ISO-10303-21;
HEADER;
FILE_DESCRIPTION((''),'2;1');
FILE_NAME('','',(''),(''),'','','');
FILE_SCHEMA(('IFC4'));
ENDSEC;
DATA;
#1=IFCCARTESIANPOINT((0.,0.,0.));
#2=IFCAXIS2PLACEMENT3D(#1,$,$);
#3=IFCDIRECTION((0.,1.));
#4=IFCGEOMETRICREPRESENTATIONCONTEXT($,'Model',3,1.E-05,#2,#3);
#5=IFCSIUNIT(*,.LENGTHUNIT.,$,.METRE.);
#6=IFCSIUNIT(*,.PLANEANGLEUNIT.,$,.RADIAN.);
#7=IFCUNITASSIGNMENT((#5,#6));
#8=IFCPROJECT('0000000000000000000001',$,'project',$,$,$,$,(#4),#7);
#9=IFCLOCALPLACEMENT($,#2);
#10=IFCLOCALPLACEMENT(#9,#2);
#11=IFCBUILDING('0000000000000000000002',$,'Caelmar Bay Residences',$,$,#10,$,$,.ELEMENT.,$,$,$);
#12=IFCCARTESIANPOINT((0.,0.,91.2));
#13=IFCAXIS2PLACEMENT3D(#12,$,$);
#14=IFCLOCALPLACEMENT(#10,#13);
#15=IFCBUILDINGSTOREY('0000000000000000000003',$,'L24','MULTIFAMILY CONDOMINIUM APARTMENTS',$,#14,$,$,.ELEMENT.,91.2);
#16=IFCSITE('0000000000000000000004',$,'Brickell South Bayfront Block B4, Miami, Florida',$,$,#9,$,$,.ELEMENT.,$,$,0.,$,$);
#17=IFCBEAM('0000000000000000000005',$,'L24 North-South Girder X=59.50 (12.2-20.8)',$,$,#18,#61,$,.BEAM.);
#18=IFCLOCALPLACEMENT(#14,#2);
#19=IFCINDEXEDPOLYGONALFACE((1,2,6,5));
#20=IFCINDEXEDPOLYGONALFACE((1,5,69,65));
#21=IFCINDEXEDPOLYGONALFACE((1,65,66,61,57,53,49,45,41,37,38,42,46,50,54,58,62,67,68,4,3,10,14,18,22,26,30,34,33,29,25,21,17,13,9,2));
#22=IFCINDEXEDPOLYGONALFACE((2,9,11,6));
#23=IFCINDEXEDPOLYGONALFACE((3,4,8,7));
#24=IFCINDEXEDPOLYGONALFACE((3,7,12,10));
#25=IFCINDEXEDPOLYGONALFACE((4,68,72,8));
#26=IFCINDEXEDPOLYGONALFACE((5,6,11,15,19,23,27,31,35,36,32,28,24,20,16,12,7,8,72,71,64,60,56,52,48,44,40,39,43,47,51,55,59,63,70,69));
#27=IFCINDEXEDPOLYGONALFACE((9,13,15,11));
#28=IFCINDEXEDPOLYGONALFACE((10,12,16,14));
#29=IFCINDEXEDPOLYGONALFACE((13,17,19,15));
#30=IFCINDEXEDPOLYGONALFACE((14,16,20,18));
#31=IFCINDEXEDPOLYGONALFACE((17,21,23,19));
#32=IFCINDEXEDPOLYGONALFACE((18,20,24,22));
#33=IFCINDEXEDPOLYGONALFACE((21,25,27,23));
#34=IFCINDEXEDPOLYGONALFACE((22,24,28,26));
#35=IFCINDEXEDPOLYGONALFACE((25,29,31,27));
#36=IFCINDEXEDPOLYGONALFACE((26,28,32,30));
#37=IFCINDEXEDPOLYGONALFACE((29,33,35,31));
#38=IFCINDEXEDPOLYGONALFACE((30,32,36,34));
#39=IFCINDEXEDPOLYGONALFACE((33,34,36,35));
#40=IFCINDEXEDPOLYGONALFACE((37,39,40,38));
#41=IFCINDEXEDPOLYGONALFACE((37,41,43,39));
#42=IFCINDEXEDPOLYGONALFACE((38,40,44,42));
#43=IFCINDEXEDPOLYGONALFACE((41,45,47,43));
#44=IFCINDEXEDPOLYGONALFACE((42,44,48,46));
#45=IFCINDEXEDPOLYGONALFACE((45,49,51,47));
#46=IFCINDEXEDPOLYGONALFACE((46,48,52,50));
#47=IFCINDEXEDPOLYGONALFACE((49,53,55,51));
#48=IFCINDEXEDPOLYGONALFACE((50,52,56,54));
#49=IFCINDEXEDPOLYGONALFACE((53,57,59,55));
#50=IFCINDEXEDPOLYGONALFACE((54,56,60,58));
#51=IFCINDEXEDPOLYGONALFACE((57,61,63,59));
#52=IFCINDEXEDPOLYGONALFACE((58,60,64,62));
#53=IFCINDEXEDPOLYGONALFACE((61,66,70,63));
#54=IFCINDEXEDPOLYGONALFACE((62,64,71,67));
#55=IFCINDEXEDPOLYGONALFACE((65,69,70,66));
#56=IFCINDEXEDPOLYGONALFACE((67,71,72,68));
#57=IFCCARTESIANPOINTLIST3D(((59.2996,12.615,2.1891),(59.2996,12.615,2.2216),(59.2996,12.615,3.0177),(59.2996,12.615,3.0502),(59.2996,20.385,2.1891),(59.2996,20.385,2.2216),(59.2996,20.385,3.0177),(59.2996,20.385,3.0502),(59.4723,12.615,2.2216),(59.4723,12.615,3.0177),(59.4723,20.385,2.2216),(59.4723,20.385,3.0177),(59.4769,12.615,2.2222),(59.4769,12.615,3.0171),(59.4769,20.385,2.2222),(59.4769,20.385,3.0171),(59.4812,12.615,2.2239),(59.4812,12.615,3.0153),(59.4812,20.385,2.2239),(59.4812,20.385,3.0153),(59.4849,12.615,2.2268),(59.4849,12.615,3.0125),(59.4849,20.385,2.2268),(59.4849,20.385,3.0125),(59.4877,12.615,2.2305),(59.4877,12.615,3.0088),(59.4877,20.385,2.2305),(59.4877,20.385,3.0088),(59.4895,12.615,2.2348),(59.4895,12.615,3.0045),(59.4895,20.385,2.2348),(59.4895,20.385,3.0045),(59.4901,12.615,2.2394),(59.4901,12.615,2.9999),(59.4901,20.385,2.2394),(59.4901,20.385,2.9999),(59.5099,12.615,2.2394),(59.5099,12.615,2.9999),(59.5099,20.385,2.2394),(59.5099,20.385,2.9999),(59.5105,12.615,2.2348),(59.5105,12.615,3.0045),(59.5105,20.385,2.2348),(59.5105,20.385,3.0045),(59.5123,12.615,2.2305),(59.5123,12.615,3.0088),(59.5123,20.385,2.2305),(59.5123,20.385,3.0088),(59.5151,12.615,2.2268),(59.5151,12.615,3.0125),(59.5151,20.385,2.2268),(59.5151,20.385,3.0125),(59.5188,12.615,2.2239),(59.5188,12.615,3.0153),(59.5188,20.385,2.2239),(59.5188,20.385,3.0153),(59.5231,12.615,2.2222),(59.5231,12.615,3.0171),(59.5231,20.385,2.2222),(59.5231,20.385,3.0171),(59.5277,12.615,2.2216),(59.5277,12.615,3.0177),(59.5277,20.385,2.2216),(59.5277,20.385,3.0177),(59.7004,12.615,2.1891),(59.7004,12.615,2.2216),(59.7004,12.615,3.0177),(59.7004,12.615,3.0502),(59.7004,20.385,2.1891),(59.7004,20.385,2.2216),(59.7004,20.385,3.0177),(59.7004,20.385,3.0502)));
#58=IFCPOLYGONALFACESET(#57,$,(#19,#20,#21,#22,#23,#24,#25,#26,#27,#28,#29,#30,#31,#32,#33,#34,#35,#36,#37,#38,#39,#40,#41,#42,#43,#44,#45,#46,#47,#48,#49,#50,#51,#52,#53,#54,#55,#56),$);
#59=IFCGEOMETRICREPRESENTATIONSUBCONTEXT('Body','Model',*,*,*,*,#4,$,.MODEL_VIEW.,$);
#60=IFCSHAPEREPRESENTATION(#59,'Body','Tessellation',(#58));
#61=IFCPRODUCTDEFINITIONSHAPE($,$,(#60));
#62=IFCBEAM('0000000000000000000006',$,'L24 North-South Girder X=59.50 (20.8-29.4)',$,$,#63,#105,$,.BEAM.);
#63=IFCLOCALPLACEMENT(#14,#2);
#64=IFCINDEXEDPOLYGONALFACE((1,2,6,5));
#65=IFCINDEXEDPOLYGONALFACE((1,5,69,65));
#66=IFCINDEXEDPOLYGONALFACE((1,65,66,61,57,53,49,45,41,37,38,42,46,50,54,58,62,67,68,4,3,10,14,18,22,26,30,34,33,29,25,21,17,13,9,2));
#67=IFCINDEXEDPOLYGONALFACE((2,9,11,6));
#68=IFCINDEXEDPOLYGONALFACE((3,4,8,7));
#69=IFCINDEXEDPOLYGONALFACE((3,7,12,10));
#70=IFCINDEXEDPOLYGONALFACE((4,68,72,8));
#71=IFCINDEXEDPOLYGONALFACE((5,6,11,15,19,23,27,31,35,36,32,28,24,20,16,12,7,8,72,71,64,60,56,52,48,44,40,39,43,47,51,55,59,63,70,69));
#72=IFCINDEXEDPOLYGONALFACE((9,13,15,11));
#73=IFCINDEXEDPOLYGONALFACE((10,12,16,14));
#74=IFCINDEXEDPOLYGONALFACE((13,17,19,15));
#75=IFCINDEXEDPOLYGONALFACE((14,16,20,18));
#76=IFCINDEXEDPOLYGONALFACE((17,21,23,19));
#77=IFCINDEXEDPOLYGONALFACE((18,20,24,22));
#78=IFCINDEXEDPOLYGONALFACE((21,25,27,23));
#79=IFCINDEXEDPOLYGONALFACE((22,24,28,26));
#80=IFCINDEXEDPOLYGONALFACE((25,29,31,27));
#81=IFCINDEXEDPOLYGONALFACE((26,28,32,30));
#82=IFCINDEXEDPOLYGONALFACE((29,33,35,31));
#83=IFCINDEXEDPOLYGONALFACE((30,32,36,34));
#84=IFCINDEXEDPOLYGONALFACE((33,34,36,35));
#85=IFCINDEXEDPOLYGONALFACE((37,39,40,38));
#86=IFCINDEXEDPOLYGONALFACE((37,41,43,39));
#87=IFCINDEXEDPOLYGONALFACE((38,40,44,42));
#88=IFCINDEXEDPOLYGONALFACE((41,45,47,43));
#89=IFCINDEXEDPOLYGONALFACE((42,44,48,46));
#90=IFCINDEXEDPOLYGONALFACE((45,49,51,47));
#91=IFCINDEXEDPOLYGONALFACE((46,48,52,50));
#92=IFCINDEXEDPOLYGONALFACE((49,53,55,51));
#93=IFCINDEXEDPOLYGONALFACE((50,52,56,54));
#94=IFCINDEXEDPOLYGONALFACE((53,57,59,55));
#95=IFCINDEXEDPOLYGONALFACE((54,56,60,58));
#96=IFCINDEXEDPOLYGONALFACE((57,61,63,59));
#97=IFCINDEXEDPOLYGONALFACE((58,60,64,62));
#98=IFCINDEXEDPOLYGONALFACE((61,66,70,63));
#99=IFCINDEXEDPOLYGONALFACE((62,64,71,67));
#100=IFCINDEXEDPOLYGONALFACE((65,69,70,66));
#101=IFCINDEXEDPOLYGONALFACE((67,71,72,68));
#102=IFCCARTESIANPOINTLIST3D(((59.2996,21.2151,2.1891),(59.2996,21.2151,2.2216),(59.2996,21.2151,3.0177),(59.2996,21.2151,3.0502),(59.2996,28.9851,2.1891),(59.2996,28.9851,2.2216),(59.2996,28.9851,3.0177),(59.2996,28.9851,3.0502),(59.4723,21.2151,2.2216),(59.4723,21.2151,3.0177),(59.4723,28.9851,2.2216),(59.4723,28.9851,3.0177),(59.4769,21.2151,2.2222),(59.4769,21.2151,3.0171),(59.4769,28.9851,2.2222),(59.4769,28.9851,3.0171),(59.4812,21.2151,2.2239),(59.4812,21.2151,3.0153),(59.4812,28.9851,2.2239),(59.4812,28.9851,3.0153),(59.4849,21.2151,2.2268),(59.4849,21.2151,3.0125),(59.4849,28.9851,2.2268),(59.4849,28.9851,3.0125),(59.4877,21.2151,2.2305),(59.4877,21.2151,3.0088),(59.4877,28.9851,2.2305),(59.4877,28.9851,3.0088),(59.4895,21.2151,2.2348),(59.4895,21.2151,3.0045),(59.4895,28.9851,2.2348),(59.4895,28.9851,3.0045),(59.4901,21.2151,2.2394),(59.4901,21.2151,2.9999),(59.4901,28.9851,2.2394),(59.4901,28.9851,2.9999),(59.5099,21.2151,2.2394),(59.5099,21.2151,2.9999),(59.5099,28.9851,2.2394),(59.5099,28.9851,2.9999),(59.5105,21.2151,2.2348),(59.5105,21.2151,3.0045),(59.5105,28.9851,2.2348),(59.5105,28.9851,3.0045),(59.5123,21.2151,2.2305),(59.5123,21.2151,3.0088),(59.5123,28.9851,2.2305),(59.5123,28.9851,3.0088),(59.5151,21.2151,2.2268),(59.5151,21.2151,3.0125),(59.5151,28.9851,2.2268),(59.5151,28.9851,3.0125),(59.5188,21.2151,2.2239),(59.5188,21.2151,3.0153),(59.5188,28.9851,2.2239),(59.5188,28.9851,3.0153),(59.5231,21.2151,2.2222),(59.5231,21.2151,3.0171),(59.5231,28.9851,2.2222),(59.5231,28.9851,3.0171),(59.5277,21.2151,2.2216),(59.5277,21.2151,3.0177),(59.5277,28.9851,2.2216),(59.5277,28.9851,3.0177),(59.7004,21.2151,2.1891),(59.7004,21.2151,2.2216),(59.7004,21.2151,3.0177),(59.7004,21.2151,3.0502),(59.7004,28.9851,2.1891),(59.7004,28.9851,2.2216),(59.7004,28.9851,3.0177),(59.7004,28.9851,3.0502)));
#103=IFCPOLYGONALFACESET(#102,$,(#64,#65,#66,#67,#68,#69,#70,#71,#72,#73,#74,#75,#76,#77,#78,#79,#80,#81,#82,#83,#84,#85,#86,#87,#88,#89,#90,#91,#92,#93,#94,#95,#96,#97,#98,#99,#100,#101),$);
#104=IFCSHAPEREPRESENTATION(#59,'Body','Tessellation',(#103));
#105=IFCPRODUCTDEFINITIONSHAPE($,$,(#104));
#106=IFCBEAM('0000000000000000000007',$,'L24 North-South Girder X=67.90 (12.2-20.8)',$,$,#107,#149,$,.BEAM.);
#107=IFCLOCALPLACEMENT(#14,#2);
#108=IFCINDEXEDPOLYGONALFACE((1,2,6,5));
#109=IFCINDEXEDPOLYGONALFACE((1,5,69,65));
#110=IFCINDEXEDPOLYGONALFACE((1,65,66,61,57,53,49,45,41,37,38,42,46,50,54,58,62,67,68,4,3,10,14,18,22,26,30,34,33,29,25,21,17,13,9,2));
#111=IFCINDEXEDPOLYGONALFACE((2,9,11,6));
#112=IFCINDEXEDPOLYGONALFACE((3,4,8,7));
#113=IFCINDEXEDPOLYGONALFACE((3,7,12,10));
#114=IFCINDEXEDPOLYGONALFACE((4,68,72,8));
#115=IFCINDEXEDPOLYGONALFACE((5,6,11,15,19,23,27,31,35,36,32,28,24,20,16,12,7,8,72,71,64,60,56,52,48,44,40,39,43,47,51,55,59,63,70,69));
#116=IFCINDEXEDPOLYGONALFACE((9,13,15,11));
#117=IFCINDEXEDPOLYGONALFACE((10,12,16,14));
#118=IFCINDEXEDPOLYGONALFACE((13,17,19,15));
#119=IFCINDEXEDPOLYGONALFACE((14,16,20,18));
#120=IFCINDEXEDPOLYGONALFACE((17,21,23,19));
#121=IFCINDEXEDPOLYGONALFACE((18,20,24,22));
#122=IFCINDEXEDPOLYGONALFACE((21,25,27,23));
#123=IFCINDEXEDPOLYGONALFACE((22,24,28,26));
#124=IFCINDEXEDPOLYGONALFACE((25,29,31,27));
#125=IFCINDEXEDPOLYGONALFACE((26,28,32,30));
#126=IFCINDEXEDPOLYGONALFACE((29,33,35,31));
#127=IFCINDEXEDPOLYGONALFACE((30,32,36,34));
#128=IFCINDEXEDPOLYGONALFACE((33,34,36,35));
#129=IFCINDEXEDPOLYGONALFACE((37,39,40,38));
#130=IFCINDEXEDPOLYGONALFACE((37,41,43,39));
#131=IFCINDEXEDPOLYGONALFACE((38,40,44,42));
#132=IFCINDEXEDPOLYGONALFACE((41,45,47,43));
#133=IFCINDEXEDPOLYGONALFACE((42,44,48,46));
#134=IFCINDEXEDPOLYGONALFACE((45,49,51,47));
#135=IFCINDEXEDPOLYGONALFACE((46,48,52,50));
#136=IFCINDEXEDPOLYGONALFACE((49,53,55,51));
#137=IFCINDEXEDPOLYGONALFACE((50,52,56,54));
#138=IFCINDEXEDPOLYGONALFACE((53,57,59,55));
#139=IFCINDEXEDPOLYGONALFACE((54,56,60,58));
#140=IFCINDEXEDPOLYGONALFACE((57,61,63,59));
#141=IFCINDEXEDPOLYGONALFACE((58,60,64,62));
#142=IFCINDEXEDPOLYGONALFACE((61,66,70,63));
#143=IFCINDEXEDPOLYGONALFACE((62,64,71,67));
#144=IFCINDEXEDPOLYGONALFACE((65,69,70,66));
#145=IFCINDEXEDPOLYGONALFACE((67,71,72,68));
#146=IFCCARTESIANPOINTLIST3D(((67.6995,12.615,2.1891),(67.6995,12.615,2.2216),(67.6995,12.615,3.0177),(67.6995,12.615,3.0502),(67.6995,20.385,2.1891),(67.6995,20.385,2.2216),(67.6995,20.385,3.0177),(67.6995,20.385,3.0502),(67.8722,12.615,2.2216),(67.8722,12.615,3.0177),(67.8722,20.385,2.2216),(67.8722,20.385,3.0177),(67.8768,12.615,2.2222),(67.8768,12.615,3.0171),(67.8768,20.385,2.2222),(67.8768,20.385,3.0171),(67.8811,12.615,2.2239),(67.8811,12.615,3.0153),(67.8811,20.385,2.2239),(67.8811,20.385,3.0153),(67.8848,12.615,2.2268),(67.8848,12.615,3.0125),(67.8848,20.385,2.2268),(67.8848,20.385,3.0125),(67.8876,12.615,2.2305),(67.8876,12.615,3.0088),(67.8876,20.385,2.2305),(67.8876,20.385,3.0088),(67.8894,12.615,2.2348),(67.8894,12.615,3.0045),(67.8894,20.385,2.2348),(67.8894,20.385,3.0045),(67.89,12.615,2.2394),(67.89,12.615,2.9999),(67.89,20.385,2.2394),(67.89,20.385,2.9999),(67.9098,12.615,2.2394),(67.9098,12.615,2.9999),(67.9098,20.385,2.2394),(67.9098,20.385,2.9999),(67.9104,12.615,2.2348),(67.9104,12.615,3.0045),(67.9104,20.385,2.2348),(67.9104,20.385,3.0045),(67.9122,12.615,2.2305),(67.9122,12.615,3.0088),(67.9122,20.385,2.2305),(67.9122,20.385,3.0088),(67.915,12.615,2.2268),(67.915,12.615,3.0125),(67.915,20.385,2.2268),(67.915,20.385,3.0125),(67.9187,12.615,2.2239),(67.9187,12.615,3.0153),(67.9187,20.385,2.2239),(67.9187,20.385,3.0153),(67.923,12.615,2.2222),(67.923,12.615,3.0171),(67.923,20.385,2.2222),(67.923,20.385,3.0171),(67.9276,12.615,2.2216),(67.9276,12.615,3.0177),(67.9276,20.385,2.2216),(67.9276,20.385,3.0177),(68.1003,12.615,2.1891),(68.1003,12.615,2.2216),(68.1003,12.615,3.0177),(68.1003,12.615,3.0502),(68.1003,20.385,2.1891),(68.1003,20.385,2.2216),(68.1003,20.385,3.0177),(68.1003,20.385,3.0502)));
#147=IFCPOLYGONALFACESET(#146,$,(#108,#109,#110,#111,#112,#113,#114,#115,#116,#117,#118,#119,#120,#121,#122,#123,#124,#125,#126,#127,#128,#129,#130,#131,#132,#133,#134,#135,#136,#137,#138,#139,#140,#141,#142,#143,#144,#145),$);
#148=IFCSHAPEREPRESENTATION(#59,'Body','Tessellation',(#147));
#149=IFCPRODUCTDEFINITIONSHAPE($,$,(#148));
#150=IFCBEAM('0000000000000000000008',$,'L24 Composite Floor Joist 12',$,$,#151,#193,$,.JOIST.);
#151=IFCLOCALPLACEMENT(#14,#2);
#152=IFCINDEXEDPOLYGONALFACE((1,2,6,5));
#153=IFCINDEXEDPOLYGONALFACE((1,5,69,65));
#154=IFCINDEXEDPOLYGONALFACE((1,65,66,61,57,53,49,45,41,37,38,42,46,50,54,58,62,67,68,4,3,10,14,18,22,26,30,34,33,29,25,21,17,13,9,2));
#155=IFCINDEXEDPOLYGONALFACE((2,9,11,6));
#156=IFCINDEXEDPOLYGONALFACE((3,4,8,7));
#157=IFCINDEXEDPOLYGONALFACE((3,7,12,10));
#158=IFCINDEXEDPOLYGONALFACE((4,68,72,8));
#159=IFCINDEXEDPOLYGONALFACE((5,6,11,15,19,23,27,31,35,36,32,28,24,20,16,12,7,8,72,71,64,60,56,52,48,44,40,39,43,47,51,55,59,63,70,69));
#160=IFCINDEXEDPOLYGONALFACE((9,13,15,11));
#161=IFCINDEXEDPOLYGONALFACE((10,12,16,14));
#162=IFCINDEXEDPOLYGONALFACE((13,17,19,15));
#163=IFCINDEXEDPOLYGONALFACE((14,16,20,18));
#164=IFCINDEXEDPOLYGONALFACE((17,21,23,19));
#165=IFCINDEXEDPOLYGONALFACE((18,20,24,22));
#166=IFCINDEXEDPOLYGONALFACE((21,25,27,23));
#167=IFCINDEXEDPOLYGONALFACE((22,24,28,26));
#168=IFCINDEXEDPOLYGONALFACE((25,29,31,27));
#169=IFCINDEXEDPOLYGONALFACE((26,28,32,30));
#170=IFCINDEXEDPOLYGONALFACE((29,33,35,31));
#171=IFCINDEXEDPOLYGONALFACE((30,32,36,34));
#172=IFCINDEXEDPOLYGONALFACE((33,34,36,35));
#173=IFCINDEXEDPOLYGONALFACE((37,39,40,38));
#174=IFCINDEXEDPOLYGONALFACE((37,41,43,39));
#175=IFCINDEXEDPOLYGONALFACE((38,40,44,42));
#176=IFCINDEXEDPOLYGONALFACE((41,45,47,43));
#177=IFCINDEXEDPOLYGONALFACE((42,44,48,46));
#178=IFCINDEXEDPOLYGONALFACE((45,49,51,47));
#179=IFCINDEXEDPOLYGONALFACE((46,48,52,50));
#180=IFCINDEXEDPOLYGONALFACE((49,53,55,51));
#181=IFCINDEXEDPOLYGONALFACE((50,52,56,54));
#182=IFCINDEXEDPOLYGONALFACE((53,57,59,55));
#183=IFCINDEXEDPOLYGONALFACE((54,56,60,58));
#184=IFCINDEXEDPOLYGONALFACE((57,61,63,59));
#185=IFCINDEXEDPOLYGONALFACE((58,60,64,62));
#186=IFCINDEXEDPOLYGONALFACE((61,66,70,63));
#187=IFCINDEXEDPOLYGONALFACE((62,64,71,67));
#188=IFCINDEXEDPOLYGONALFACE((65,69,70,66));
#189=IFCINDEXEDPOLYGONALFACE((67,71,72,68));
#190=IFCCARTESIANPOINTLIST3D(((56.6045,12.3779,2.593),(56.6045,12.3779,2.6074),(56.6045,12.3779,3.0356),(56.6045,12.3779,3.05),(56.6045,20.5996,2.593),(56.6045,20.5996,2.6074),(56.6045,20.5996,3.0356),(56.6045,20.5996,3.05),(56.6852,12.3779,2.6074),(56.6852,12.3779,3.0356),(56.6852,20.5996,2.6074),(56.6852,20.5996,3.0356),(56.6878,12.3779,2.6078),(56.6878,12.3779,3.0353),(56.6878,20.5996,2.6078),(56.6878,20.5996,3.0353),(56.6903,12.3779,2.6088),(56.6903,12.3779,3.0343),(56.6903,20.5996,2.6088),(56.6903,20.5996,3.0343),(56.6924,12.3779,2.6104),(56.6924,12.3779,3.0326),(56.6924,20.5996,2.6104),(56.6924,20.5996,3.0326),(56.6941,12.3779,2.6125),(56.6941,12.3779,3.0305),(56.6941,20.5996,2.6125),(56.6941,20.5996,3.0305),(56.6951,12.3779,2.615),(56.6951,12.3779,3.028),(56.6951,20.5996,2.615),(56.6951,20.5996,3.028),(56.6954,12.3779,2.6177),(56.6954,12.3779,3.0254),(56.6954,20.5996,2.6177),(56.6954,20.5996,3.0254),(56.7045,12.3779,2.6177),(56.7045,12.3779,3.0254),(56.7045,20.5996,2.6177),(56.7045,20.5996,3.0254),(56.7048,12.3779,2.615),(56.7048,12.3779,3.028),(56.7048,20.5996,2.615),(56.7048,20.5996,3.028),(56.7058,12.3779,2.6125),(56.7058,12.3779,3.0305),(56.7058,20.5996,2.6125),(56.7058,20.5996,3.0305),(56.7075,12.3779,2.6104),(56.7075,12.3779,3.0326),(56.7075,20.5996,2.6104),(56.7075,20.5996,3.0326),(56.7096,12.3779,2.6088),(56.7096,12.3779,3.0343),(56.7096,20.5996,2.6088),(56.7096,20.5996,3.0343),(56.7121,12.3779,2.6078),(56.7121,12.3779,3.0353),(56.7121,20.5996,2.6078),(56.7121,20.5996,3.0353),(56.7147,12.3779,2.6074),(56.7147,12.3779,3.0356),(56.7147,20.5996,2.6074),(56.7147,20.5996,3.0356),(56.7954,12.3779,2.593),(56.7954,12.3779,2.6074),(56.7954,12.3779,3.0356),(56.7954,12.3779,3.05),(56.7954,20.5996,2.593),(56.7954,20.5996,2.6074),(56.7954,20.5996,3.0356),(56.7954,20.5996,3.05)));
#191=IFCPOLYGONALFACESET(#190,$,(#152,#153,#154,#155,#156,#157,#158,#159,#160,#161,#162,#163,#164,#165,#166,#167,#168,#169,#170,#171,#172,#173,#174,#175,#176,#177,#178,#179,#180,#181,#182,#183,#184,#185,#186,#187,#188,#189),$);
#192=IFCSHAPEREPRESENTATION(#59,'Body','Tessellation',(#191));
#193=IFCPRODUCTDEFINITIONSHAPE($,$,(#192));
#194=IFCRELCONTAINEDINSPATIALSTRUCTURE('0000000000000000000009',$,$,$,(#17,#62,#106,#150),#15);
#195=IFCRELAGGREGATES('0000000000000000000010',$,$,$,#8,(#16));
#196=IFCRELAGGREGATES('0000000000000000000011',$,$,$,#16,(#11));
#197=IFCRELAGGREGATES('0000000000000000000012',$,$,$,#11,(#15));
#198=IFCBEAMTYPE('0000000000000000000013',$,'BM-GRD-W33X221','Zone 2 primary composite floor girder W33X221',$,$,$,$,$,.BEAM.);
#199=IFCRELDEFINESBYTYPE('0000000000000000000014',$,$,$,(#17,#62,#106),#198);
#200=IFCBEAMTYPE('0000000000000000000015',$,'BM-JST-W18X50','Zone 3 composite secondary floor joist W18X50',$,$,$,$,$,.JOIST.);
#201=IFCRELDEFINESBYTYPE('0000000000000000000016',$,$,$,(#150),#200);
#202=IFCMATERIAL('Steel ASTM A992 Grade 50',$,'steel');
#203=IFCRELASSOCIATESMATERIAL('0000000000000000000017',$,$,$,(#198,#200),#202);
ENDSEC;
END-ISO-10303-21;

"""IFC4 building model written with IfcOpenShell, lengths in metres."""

from ifc_helpers import new_model, si_unit, direction, frame, origin, origin_2d, place, context, subcontext, project, spatial, i_section, extrude, material, material_profile, profile_set, type_object, element, save


model = new_model("IFC4")

# Units and contexts
model_context = context("Model", 3, precision=1e-05, world=origin(), true_north=direction((0.0, 1.0)))
body_context = subcontext(model_context, "Body", "Model", "MODEL_VIEW")
ifc_project = project(units=[si_unit("LENGTHUNIT", "METRE"), si_unit("PLANEANGLEUNIT", "RADIAN")], contexts=[model_context])

# Site, building, storey
site_placement = place(None, origin())
site = spatial("IfcSite", under=ifc_project, at=site_placement, Name="Brickell South Bayfront Block B4, Miami, Florida", CompositionType="ELEMENT", RefElevation=0.0)
building_placement = place(site_placement, origin())
building = spatial("IfcBuilding", under=site, at=building_placement, Name="Caelmar Bay Residences", CompositionType="ELEMENT")
storey_placement = place(building_placement, frame((0.0, 0.0, 91.2)))
storey = spatial("IfcBuildingStorey", under=building, at=storey_placement, Name="L24", Description="MULTIFAMILY CONDOMINIUM APARTMENTS", CompositionType="ELEMENT", Elevation=91.2)

# Beams
ifc_material_1 = material(Name="Steel ASTM A992 Grade 50", Category="steel")
ifc_material_profile_1 = material_profile(ifc_material_1, i_section(OverallWidth=0.4009, OverallDepth=0.8611, WebThickness=0.0198, FlangeThickness=0.0325, FilletRadius=0.0178, at=origin_2d()), Name="W33X221")
ifc_profile_set_1 = profile_set([ifc_material_profile_1], Name="Steel ASTM A992 Grade 50")
beam_type_1 = type_object("IfcBeamType", Name="BM-GRD-W33X221", Description="Zone 2 primary composite floor girder W33X221", PredefinedType="BEAM", material=ifc_profile_set_1)
for number, where, z_axis, x_axis, name in (
    (1, (59.5, 12.615, 2.6196), (0.0, 1.0, 0.0), (-1.0, 0.0, 0.0), "L24 North-South Girder X=59.50 (12.2-20.8)"),
    (2, (59.5, 21.2151, 2.6196), (0.0, 1.0, 0.0), (-1.0, 0.0, 0.0), "L24 North-South Girder X=59.50 (20.8-29.4)"),
    (3, (67.8999, 12.615, 2.6196), (0.0, 1.0, 0.0), (-1.0, 0.0, 0.0), "L24 North-South Girder X=67.90 (12.2-20.8)"),
):
    element("IfcBeam", number, at=place(storey_placement, frame(where, z_axis=z_axis, x_axis=x_axis)), inside=storey, type_object=beam_type_1, Name=name, PredefinedType="BEAM", context=body_context, shape_type="SweptSolid", body=[
        extrude(i_section(OverallWidth=0.4009, OverallDepth=0.8611, WebThickness=0.0198, FlangeThickness=0.0325, FilletRadius=0.0178, at=origin_2d()), origin(), (0.0, 0.0, 1.0), 7.77),
    ])
ifc_material_profile_2 = material_profile(ifc_material_1, i_section(OverallWidth=0.1909, OverallDepth=0.457, WebThickness=0.009, FlangeThickness=0.0144, FilletRadius=0.0103, at=origin_2d()), Name="W18X50")
ifc_profile_set_2 = profile_set([ifc_material_profile_2], Name="Steel ASTM A992 Grade 50")
beam_type_2 = type_object("IfcBeamType", Name="BM-JST-W18X50", Description="Zone 3 composite secondary floor joist W18X50", PredefinedType="JOIST", material=ifc_profile_set_2)
for number, where, z_axis, x_axis, name in (
    (4, (56.7, 12.3779, 2.8215), (0.0, 1.0, 0.0), (-1.0, 0.0, 0.0), "L24 Composite Floor Joist 12"),
):
    element("IfcBeam", number, at=place(storey_placement, frame(where, z_axis=z_axis, x_axis=x_axis)), inside=storey, type_object=beam_type_2, Name=name, PredefinedType="JOIST", context=body_context, shape_type="SweptSolid", body=[
        extrude(i_section(OverallWidth=0.1909, OverallDepth=0.457, WebThickness=0.009, FlangeThickness=0.0144, FilletRadius=0.0103, at=origin_2d()), origin(), (0.0, 0.0, 1.0), 8.2217),
    ])

save(model, "model.ifc")
